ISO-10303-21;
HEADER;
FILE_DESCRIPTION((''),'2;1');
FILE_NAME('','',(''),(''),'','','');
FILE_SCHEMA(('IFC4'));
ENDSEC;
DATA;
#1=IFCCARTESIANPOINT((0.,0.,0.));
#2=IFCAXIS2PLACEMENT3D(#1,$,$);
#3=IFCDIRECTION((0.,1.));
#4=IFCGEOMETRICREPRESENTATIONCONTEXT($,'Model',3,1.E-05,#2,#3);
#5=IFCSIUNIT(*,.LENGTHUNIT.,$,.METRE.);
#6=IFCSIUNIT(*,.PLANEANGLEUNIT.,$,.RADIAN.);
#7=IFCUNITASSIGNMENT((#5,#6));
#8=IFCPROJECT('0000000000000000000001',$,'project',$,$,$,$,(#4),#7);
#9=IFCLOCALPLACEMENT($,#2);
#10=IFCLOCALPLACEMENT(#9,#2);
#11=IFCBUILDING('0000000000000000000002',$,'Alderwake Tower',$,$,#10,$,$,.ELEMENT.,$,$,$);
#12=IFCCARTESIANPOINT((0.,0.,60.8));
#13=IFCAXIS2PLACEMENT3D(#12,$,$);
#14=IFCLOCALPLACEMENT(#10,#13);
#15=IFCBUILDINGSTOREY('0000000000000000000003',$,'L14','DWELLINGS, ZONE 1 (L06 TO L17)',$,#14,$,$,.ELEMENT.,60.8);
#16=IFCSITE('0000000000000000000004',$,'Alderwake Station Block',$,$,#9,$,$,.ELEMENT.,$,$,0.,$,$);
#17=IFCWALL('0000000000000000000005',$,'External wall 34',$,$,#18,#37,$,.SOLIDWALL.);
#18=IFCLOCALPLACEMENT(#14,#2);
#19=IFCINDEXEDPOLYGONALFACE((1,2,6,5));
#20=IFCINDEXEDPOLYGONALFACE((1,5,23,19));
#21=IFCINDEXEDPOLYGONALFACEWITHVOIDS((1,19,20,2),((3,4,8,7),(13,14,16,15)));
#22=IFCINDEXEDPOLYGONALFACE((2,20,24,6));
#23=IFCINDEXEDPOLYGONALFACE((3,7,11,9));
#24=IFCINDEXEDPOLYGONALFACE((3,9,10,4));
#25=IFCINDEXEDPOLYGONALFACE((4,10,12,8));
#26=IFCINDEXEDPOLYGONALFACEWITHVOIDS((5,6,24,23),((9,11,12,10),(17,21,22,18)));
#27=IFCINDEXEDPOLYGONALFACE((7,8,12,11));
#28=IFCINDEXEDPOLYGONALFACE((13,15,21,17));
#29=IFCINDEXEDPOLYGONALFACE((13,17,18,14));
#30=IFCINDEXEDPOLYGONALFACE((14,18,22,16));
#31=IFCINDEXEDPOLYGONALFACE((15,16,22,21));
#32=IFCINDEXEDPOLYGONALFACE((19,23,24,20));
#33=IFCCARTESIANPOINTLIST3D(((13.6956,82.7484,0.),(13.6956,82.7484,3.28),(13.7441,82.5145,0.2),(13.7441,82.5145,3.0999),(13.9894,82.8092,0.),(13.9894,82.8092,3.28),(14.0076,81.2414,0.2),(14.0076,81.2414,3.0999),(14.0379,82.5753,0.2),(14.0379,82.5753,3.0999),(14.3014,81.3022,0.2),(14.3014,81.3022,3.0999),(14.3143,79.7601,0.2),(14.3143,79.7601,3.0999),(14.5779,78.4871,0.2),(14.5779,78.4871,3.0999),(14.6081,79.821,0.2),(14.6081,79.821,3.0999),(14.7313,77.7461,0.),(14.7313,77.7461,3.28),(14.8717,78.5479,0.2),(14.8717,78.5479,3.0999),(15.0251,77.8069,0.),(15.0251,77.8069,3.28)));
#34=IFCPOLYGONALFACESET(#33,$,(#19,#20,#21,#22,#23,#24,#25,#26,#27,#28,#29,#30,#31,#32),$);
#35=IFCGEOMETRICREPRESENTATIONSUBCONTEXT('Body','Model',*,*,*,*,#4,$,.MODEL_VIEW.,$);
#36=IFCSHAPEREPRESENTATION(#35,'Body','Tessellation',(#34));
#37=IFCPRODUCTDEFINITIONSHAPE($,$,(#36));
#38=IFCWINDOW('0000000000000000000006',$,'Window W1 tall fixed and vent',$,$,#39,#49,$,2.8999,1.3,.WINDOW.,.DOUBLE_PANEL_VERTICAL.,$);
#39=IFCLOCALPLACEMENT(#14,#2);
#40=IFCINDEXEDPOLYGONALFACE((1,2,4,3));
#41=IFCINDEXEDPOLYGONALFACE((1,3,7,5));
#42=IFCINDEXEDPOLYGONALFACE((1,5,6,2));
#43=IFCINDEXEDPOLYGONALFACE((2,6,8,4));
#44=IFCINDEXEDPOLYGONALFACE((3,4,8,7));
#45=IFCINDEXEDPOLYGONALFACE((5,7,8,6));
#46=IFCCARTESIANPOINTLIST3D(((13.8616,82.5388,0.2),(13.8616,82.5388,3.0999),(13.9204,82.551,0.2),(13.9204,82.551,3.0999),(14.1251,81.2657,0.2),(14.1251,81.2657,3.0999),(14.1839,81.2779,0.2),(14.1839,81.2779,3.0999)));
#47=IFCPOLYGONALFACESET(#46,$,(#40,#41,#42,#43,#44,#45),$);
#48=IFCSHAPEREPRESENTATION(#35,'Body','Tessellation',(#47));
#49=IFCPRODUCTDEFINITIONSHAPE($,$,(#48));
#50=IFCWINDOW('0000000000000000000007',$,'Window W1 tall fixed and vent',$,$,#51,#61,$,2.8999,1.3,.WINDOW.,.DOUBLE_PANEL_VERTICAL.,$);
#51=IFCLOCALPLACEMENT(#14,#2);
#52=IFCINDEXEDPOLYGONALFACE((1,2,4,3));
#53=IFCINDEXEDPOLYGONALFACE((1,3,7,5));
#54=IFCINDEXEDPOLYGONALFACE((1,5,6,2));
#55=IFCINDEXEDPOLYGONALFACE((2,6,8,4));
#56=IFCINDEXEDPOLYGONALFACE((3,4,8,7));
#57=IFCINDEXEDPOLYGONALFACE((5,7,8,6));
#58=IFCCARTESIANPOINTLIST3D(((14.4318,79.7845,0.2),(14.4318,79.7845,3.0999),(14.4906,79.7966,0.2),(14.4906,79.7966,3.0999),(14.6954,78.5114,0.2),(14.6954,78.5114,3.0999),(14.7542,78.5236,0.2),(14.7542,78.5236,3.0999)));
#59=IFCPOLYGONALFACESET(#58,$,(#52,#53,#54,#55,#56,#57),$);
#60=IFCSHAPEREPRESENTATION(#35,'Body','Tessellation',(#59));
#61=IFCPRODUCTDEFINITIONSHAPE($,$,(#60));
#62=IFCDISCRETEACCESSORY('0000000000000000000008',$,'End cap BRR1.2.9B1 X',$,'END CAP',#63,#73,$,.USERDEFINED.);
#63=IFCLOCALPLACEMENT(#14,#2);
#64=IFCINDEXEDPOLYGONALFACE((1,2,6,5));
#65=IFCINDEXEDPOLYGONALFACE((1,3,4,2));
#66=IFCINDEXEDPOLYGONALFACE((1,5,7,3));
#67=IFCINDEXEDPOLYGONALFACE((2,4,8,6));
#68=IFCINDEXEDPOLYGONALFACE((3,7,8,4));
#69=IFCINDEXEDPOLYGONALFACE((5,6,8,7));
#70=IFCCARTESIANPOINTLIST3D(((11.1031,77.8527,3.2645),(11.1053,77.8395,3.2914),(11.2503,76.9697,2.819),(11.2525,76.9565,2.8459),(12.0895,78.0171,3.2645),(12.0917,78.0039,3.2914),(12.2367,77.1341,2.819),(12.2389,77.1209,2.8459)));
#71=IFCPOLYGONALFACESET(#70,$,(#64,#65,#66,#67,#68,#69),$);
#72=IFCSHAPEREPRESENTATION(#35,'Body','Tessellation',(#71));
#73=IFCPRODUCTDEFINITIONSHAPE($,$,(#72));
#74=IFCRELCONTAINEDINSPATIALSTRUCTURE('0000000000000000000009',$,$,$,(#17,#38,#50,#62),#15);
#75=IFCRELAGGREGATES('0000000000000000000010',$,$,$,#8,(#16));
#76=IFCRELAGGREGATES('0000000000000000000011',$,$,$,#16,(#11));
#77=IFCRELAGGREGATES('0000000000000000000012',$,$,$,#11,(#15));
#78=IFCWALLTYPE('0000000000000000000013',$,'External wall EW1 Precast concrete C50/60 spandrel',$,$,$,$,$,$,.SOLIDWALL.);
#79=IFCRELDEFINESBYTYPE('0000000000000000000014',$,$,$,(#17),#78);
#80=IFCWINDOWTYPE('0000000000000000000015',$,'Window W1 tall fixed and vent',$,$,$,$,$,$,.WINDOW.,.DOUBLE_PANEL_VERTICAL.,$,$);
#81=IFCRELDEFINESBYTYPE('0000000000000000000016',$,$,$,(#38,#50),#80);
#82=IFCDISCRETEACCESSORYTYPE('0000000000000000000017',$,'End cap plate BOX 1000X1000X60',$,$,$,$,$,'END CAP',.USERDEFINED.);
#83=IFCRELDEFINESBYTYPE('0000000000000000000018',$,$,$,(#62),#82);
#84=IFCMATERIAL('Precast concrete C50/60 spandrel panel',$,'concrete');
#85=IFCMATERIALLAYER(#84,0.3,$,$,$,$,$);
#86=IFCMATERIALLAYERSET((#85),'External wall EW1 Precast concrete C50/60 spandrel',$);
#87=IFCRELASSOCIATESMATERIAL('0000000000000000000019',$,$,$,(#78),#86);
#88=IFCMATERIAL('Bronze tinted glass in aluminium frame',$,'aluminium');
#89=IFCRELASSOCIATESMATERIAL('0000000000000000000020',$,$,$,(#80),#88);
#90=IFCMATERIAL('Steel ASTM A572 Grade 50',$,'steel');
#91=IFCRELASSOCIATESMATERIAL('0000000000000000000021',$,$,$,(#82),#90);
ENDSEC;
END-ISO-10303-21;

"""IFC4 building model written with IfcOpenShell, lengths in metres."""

from ifc_helpers import new_model, si_unit, direction, frame, frame_2d, origin, origin_2d, place, context, subcontext, project, spatial, rectangle, extrude, material, layer, layer_set, material_profile, profile_set, type_object, element, fill, save


model = new_model("IFC4")

# Units and contexts
model_context = context("Model", 3, precision=1e-05, world=origin(), true_north=direction((0.0, 1.0)))
body_context = subcontext(model_context, "Body", "Model", "MODEL_VIEW")
ifc_project = project(units=[si_unit("LENGTHUNIT", "METRE"), si_unit("PLANEANGLEUNIT", "RADIAN")], contexts=[model_context])

# Site, building, storey
site_placement = place(None, origin())
site = spatial("IfcSite", under=ifc_project, at=site_placement, Name="Alderwake Station Block", CompositionType="ELEMENT", RefElevation=0.0)
building_placement = place(site_placement, origin())
building = spatial("IfcBuilding", under=site, at=building_placement, Name="Alderwake Tower", CompositionType="ELEMENT")
storey_placement = place(building_placement, frame((0.0, 0.0, 60.8)))
storey = spatial("IfcBuildingStorey", under=building, at=storey_placement, Name="L14", Description="DWELLINGS, ZONE 1 (L06 TO L17)", CompositionType="ELEMENT", Elevation=60.8)

# Wall, openings, windows
ifc_material_1 = material(Name="Precast concrete C50/60 spandrel panel", Category="concrete")
ifc_layer_1 = layer(ifc_material_1, 0.3)
ifc_layer_set_1 = layer_set([ifc_layer_1], Name="External wall EW1 Precast concrete C50/60 spandrel")
wall_type_1 = type_object("IfcWallType", Name="External wall EW1 Precast concrete C50/60 spandrel", PredefinedType="SOLIDWALL", material=ifc_layer_set_1)
wall_1_placement = place(storey_placement, frame((13.8425, 82.7788, 0.0), z_axis=(0.0, 0.0, 1.0), x_axis=(0.202738, -0.979233, 0.0)))
wall_1 = element("IfcWall", 1, at=wall_1_placement, inside=storey, type_object=wall_type_1, Name="External wall 34", PredefinedType="SOLIDWALL", context=body_context, shape_type="SweptSolid", body=[
    extrude(rectangle(XDim=5.1084, YDim=0.3, at=frame_2d((2.5542, 0.0))), origin(), (0.0, 0.0, 1.0), 3.28),
])
opening_1_placement = place(wall_1_placement, frame((0.239, 0.0, 0.2)))
opening_1 = element("IfcOpeningElement", 2, at=opening_1_placement, cuts=wall_1, PredefinedType="OPENING", context=body_context, shape_type="SweptSolid", body=[
    extrude(rectangle(XDim=1.3, YDim=2.8999, at=frame_2d((0.6499, 1.45))), frame((0.0, 0.1599, 0.0), z_axis=(0.0, -1.0, 0.0), x_axis=(1.0, 0.0, 0.0)), (0.0, 0.0, 1.0), 0.3201),
])
opening_2_placement = place(wall_1_placement, frame((3.0518, 0.0, 0.2)))
opening_2 = element("IfcOpeningElement", 3, at=opening_2_placement, cuts=wall_1, PredefinedType="OPENING", context=body_context, shape_type="SweptSolid", body=[
    extrude(rectangle(XDim=1.3, YDim=2.8999, at=frame_2d((0.6499, 1.45))), frame((0.0, 0.1599, 0.0), z_axis=(0.0, -1.0, 0.0), x_axis=(1.0, 0.0, 0.0)), (0.0, 0.0, 1.0), 0.3201),
])
ifc_material_2 = material(Name="Bronze tinted glass in aluminium frame", Category="aluminium")
window_type = type_object("IfcWindowType", Name="Window W1 tall fixed and vent", PartitioningType="DOUBLE_PANEL_VERTICAL", PredefinedType="WINDOW", material=ifc_material_2)
window_1_placement = place(opening_1_placement, origin())
window_1 = element("IfcWindow", 4, at=window_1_placement, inside=storey, type_object=window_type, Name="Window W1 tall fixed and vent", OverallHeight=2.8999, OverallWidth=1.3, PartitioningType="DOUBLE_PANEL_VERTICAL", PredefinedType="WINDOW", context=body_context, shape_type="SweptSolid", body=[
    extrude(rectangle(XDim=1.3, YDim=2.8999, at=frame_2d((0.6499, 1.45))), frame((0.0, 0.03, 0.0), z_axis=(0.0, -1.0, 0.0), x_axis=(1.0, 0.0, 0.0)), (0.0, 0.0, 1.0), 0.0601),
])
fill(opening_1, window_1)
window_2_placement = place(opening_2_placement, origin())
window_2 = element("IfcWindow", 5, at=window_2_placement, inside=storey, type_object=window_type, Name="Window W1 tall fixed and vent", OverallHeight=2.8999, OverallWidth=1.3, PartitioningType="DOUBLE_PANEL_VERTICAL", PredefinedType="WINDOW", context=body_context, shape_type="SweptSolid", body=[
    extrude(rectangle(XDim=1.3, YDim=2.8999, at=frame_2d((0.6499, 1.45))), frame((0.0, 0.03, 0.0), z_axis=(0.0, -1.0, 0.0), x_axis=(1.0, 0.0, 0.0)), (0.0, 0.0, 1.0), 0.0601),
])
fill(opening_2, window_2)

# Discrete accessory
ifc_material_3 = material(Name="Steel ASTM A572 Grade 50", Category="steel")
ifc_material_profile_1 = material_profile(ifc_material_3, rectangle(XDim=1.0, YDim=1.0, at=origin_2d()), Name="BOX 1000X1000X60 cap")
ifc_profile_set_1 = profile_set([ifc_material_profile_1], Name="Steel ASTM A572 Grade 50")
discrete_accessory_type = type_object("IfcDiscreteAccessoryType", Name="End cap plate BOX 1000X1000X60", ElementType="END CAP", PredefinedType="USERDEFINED", material=ifc_profile_set_1)
discrete_accessory_placement = place(storey_placement, frame((11.6699, 77.4934, 3.0417), z_axis=(0.073248, -0.439489, 0.895256), x_axis=(0.986394, 0.164399, 0.0)))
element("IfcDiscreteAccessory", 6, at=discrete_accessory_placement, inside=storey, type_object=discrete_accessory_type, Name="End cap BRR1.2.9B1 X", ObjectType="END CAP", PredefinedType="USERDEFINED", context=body_context, shape_type="SweptSolid", body=[
    extrude(rectangle(XDim=1.0, YDim=1.0, at=origin_2d()), origin(), (0.0, 0.0, 1.0), 0.03),
])

save(model, "model.ifc")
